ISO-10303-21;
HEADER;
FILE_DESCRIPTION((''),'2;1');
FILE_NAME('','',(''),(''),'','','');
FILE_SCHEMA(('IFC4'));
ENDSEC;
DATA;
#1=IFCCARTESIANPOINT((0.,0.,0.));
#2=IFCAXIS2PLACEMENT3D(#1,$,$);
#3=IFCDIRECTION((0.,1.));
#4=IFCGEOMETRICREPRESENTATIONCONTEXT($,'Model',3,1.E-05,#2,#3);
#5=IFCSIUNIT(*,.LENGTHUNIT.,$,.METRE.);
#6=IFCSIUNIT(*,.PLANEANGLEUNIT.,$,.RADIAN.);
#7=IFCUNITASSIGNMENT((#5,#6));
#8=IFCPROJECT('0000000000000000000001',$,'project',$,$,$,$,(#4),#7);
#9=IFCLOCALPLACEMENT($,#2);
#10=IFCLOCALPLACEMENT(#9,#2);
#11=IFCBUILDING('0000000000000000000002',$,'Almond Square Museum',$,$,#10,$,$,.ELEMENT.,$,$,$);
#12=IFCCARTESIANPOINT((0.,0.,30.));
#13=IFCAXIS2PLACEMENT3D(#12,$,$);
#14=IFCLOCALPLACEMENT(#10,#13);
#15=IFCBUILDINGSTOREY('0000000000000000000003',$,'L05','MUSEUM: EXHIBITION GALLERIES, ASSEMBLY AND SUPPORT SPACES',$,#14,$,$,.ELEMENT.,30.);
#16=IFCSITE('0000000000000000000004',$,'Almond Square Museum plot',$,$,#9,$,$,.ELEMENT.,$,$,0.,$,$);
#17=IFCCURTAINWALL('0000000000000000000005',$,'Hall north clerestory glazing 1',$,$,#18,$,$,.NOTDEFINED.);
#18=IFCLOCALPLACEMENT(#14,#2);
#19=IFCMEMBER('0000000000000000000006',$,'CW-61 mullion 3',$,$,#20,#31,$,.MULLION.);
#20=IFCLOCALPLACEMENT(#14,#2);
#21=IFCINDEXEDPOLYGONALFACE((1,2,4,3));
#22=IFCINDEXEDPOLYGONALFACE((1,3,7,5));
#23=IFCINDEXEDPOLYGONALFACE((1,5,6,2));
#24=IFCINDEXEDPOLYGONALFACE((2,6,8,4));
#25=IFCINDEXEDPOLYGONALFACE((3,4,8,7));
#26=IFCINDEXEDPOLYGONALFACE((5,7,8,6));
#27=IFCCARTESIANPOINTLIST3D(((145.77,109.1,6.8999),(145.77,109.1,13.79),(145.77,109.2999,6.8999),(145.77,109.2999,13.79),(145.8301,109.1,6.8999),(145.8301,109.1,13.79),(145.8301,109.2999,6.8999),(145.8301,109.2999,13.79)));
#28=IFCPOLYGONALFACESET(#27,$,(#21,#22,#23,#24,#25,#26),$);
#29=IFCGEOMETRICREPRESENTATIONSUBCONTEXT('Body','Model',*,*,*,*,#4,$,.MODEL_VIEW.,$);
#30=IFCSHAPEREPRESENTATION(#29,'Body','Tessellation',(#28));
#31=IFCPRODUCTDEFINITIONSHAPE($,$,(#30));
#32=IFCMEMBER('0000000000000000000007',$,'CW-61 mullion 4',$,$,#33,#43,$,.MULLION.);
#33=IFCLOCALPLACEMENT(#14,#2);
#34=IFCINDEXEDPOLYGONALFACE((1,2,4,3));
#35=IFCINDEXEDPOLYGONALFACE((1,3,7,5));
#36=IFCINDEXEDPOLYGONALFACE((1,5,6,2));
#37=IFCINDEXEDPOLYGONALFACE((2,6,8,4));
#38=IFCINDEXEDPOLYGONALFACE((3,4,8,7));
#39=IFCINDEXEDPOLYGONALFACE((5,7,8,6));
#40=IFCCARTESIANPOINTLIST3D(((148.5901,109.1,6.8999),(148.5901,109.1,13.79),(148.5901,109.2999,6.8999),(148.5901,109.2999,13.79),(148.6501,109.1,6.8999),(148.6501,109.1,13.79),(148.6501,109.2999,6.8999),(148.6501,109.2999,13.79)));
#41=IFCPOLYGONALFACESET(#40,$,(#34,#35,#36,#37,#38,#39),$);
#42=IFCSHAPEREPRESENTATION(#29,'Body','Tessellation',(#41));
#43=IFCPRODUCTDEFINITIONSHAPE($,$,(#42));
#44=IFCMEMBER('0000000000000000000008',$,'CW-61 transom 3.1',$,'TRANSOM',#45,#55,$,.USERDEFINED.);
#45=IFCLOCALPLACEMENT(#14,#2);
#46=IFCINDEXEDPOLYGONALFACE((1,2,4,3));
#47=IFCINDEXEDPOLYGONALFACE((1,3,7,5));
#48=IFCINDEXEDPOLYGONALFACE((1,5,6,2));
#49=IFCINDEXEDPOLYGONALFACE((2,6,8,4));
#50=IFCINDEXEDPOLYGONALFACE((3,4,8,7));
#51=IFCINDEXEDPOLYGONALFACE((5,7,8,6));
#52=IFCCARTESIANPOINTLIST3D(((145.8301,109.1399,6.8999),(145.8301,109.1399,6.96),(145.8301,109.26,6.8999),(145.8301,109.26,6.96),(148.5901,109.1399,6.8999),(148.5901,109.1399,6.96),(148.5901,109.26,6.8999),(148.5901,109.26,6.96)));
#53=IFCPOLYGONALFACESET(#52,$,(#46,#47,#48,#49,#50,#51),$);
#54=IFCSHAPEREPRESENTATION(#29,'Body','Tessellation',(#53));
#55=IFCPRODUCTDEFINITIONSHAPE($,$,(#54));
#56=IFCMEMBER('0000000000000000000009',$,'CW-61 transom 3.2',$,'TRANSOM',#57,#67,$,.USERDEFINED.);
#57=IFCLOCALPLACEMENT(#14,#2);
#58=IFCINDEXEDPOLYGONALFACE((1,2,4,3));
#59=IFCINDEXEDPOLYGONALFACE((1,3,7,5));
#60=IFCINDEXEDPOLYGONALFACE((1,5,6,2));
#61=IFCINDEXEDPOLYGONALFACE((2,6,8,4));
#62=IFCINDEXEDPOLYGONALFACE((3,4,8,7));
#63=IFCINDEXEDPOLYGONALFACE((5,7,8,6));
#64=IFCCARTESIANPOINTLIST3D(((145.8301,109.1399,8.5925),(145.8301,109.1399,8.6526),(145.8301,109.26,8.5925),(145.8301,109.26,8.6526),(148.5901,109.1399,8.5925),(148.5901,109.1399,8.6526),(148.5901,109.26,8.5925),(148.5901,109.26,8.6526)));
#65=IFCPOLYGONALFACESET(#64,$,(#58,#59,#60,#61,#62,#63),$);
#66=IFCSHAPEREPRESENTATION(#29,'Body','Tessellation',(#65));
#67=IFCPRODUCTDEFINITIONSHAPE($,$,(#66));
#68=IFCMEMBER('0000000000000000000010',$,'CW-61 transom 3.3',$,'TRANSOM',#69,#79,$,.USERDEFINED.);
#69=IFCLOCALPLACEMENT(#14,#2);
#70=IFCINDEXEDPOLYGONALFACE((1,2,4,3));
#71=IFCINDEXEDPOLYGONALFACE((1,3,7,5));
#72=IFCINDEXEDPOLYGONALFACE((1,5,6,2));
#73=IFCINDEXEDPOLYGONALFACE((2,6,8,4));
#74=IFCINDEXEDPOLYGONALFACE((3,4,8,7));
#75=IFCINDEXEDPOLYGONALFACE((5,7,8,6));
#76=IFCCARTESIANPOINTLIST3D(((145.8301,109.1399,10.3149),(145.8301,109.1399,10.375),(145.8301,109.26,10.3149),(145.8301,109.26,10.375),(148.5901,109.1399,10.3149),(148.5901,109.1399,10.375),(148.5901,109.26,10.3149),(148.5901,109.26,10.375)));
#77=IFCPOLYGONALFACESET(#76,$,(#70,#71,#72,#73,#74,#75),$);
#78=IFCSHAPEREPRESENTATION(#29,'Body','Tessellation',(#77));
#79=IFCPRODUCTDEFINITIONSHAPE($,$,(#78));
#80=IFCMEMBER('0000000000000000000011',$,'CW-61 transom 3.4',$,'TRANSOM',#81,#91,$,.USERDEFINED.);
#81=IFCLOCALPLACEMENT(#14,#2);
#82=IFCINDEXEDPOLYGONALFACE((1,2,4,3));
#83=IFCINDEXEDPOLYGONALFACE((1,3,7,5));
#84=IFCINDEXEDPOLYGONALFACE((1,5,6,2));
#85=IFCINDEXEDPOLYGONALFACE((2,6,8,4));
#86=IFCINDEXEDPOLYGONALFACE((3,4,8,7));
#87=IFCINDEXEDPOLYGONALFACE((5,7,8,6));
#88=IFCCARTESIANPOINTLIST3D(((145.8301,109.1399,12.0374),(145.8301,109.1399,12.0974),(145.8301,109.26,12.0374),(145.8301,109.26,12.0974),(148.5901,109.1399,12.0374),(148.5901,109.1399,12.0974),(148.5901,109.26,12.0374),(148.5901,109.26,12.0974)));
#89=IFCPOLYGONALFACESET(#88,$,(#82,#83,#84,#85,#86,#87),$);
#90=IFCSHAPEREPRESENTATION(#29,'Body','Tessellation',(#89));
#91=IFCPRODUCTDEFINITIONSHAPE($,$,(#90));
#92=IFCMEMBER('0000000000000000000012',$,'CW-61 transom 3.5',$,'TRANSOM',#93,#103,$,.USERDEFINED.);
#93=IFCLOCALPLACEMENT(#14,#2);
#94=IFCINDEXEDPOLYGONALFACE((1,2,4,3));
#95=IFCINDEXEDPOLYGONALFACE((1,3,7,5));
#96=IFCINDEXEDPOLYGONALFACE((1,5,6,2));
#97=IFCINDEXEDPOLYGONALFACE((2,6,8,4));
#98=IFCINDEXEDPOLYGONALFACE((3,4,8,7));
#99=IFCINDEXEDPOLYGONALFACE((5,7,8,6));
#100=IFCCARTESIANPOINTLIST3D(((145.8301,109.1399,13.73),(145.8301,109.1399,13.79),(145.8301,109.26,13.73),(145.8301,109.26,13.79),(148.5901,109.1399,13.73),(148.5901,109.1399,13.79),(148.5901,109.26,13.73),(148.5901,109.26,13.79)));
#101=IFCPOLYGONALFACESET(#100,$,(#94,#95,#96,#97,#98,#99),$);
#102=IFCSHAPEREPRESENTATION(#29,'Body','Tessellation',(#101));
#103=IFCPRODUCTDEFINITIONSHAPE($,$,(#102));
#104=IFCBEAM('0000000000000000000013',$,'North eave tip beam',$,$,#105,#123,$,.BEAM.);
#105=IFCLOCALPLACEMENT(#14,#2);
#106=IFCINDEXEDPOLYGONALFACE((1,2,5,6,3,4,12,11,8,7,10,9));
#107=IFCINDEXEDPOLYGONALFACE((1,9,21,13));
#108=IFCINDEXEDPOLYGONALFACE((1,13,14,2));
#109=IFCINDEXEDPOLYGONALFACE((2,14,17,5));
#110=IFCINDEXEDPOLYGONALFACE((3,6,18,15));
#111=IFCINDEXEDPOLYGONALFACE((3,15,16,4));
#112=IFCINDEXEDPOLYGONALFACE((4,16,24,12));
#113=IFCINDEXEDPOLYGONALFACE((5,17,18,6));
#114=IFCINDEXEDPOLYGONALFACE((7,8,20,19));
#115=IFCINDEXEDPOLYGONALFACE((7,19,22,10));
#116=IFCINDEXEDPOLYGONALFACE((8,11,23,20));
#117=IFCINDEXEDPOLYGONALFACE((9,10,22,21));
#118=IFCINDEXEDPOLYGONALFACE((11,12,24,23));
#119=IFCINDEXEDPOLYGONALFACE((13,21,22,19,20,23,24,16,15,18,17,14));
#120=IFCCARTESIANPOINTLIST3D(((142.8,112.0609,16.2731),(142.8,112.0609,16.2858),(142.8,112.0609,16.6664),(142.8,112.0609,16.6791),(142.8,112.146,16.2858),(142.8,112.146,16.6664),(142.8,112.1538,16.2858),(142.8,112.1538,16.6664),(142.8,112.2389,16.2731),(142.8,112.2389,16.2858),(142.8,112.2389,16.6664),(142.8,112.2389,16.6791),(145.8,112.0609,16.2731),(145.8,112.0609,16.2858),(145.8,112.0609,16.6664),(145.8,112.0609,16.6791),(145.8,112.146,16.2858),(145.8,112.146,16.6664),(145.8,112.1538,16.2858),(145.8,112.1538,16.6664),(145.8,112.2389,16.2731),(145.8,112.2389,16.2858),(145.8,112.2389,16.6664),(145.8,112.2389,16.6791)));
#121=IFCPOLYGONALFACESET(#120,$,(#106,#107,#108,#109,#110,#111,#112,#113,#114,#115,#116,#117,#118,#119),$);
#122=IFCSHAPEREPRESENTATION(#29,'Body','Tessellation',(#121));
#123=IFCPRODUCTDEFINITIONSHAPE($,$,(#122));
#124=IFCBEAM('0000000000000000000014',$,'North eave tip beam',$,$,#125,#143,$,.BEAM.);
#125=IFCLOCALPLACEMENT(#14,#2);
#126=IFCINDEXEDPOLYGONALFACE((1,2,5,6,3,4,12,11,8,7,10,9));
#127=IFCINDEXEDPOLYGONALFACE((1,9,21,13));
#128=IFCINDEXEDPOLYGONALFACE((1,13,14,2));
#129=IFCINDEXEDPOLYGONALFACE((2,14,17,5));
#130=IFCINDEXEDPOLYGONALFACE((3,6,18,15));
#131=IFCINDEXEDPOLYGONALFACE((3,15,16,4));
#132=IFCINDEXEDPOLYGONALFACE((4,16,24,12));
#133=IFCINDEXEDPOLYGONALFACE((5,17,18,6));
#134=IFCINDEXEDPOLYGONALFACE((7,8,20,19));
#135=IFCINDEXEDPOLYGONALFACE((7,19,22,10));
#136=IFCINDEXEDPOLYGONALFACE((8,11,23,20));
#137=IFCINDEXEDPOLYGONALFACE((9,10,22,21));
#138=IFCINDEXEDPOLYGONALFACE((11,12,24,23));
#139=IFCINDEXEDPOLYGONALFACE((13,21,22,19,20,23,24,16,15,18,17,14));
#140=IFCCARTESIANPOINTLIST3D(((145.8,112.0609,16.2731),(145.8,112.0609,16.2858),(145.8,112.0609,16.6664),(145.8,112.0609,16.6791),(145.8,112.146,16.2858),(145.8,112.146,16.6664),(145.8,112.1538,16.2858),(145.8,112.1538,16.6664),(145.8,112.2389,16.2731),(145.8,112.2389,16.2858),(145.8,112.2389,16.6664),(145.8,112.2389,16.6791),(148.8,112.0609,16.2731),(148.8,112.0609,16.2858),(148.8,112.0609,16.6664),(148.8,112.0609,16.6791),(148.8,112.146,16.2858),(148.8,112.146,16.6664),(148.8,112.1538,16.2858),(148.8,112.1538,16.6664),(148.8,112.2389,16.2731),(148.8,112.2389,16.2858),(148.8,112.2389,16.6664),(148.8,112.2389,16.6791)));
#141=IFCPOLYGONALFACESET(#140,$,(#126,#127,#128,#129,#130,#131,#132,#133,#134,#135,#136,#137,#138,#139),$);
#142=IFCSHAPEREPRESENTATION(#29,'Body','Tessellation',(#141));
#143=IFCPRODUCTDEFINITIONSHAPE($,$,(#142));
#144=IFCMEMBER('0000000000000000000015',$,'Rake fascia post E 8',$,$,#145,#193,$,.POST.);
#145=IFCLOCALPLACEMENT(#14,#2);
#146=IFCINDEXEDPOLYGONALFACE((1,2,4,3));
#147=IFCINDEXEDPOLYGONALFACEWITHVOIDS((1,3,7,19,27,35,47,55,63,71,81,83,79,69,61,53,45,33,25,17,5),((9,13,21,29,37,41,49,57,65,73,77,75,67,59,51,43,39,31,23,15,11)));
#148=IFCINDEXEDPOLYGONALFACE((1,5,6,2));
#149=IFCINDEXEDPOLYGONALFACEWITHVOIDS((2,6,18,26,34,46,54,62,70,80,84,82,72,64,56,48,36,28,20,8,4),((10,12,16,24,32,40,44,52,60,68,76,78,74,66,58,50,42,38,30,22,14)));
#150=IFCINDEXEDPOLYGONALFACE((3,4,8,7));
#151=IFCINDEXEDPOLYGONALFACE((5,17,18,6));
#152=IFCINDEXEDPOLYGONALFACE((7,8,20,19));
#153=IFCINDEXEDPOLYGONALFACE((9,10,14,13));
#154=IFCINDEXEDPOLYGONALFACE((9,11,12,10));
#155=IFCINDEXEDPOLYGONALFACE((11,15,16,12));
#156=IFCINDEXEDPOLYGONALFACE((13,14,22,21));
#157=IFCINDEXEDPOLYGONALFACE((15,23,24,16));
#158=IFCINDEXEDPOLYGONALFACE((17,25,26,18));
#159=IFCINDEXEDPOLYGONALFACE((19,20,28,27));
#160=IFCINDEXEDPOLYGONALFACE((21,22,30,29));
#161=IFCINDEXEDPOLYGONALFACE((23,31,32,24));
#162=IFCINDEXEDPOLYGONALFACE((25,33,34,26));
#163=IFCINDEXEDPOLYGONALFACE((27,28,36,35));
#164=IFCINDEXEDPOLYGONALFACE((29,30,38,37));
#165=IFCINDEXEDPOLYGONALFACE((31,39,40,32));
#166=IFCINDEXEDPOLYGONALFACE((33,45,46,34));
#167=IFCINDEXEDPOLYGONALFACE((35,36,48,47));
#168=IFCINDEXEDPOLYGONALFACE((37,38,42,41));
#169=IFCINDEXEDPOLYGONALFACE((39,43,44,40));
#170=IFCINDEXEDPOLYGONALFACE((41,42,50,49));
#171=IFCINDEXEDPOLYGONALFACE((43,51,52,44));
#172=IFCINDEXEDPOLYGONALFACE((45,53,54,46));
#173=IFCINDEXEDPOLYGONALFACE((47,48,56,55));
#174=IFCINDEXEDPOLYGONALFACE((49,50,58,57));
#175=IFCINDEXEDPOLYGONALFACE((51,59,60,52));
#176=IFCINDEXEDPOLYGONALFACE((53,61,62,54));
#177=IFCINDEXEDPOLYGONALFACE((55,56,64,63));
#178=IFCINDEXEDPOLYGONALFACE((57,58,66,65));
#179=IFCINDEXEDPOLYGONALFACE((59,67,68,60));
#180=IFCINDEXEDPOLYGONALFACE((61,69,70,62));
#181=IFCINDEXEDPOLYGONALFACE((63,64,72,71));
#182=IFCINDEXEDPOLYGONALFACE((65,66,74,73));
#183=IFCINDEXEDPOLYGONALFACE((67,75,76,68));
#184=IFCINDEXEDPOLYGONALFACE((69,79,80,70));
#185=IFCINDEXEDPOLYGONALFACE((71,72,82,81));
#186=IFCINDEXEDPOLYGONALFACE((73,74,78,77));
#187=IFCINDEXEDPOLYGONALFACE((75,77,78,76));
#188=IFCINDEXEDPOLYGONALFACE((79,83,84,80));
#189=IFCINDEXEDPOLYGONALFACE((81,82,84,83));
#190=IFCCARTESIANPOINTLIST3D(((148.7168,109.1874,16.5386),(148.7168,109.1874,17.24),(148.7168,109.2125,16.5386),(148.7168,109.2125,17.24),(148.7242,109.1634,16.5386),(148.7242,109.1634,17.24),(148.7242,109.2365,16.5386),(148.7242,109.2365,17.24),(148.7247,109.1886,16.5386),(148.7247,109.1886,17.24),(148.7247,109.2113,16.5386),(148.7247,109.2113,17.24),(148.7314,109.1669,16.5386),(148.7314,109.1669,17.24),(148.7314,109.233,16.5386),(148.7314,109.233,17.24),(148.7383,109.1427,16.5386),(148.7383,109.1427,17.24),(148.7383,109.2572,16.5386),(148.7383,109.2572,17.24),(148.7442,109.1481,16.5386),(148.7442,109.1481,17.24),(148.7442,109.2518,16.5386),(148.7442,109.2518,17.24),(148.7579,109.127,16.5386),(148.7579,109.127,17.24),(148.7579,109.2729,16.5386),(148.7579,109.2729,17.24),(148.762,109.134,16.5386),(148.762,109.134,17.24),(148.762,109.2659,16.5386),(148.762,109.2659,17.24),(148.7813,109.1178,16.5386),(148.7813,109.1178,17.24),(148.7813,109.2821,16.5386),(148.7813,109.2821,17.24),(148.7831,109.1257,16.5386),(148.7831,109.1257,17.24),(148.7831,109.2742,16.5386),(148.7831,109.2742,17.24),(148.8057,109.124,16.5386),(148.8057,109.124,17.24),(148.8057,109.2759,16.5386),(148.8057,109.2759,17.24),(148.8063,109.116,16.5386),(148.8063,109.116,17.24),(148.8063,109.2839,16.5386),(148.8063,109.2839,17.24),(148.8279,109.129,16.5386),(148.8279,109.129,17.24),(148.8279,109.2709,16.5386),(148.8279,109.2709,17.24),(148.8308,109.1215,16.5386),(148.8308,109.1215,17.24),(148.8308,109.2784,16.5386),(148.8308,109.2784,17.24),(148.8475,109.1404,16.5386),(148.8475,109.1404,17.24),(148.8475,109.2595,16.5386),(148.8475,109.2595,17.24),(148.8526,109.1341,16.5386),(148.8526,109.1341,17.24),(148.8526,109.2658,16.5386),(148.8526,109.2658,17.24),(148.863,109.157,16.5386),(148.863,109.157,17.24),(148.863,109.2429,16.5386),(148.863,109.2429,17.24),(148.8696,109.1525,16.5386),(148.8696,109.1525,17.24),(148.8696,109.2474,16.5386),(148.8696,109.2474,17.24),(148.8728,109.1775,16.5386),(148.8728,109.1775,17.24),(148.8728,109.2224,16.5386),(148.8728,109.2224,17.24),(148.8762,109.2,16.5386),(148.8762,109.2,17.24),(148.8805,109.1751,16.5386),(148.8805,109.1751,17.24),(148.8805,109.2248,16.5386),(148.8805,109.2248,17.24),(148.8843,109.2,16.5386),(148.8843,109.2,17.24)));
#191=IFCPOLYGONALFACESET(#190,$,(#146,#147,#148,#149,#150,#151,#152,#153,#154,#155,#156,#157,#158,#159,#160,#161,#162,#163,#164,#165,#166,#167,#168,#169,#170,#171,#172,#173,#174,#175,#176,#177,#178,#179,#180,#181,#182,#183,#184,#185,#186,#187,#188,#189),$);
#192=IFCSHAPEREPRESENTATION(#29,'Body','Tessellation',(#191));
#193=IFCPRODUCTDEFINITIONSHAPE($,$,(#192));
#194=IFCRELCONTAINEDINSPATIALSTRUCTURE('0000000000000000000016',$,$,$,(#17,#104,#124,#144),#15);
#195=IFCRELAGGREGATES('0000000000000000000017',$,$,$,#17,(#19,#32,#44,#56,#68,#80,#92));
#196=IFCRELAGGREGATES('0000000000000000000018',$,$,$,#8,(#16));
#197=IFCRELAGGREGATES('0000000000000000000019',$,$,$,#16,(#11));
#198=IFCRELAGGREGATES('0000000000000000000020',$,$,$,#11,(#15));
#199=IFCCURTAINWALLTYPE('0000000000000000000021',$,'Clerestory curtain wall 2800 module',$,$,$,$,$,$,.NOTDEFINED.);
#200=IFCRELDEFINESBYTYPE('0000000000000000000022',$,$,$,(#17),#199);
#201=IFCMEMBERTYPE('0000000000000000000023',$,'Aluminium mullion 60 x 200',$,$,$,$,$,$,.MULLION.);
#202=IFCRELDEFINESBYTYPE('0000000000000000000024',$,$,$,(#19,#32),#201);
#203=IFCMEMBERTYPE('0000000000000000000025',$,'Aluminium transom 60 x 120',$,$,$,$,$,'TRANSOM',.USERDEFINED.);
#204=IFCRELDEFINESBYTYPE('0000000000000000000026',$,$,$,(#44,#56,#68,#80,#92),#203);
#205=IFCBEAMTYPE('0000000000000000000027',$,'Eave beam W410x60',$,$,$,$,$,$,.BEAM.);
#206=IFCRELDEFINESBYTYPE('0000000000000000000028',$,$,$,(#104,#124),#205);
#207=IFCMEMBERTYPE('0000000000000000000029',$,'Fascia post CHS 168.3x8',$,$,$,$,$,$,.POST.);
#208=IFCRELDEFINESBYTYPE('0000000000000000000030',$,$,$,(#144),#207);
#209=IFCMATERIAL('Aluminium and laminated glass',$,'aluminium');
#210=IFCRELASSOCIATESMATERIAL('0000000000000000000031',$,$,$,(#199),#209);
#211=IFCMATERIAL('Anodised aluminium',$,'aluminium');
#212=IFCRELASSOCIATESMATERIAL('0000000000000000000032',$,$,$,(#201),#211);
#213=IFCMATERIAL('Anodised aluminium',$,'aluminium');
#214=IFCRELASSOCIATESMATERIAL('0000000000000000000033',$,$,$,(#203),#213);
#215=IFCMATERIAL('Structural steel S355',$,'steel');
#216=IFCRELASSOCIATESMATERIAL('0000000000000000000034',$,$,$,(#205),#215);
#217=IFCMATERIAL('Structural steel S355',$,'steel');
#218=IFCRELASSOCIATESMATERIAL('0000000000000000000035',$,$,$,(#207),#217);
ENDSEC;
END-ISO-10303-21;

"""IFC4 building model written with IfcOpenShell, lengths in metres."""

from ifc_helpers import new_model, si_unit, direction, frame, origin, origin_2d, place, context, subcontext, project, spatial, rectangle, hollow_circle, i_section, extrude, material, material_profile, profile_set, type_object, element, aggregate, save


model = new_model("IFC4")

# Units and contexts
model_context = context("Model", 3, precision=1e-05, world=origin(), true_north=direction((0.0, 1.0)))
body_context = subcontext(model_context, "Body", "Model", "MODEL_VIEW")
ifc_project = project(units=[si_unit("LENGTHUNIT", "METRE"), si_unit("PLANEANGLEUNIT", "RADIAN")], contexts=[model_context])

# Site, building, storey
site_placement = place(None, origin())
site = spatial("IfcSite", under=ifc_project, at=site_placement, Name="Almond Square Museum plot", CompositionType="ELEMENT", RefElevation=0.0)
building_placement = place(site_placement, origin())
building = spatial("IfcBuilding", under=site, at=building_placement, Name="Almond Square Museum", CompositionType="ELEMENT")
storey_placement = place(building_placement, frame((0.0, 0.0, 30.0)))
storey = spatial("IfcBuildingStorey", under=building, at=storey_placement, Name="L05", Description="MUSEUM: EXHIBITION GALLERIES, ASSEMBLY AND SUPPORT SPACES", CompositionType="ELEMENT", Elevation=30.0)

# Curtain wall, members
ifc_material_1 = material(Name="Aluminium and laminated glass", Category="aluminium")
curtain_wall_type = type_object("IfcCurtainWallType", Name="Clerestory curtain wall 2800 module", PredefinedType="NOTDEFINED", material=ifc_material_1)
curtain_wall_placement = place(storey_placement, origin())
curtain_wall = element("IfcCurtainWall", 1, at=curtain_wall_placement, inside=storey, type_object=curtain_wall_type, Name="Hall north clerestory glazing 1", PredefinedType="NOTDEFINED")
ifc_material_2 = material(Name="Anodised aluminium", Category="aluminium")
ifc_material_profile_1 = material_profile(ifc_material_2, rectangle(XDim=0.2, YDim=0.0601, at=origin_2d()))
ifc_profile_set_1 = profile_set([ifc_material_profile_1], Name="Anodised aluminium")
member_type_1 = type_object("IfcMemberType", Name="Aluminium mullion 60 x 200", PredefinedType="MULLION", material=ifc_profile_set_1)
member_1_placement = place(storey_placement, frame((145.8, 109.2, 6.8999), z_axis=(0.0, 0.0, 1.0), x_axis=(0.0, 1.0, 0.0)))
member_1 = element("IfcMember", 2, at=member_1_placement, type_object=member_type_1, Name="CW-61 mullion 3", PredefinedType="MULLION", context=body_context, shape_type="SweptSolid", body=[
    extrude(rectangle(XDim=0.2, YDim=0.0601, at=origin_2d()), origin(), (0.0, 0.0, 1.0), 6.8901),
])
member_2_placement = place(storey_placement, frame((148.6201, 109.2, 6.8999), z_axis=(0.0, 0.0, 1.0), x_axis=(0.0, 1.0, 0.0)))
member_2 = element("IfcMember", 3, at=member_2_placement, type_object=member_type_1, Name="CW-61 mullion 4", PredefinedType="MULLION", context=body_context, shape_type="SweptSolid", body=[
    extrude(rectangle(XDim=0.2, YDim=0.0601, at=origin_2d()), origin(), (0.0, 0.0, 1.0), 6.8901),
])
ifc_material_3 = material(Name="Anodised aluminium", Category="aluminium")
ifc_material_profile_2 = material_profile(ifc_material_3, rectangle(XDim=0.1201, YDim=0.0601, at=origin_2d()))
ifc_profile_set_2 = profile_set([ifc_material_profile_2], Name="Anodised aluminium")
member_type_2 = type_object("IfcMemberType", Name="Aluminium transom 60 x 120", ElementType="TRANSOM", PredefinedType="USERDEFINED", material=ifc_profile_set_2)
member_3_placement = place(storey_placement, frame((145.8301, 109.2, 6.9299), z_axis=(1.0, 0.0, 0.0), x_axis=(0.0, 1.0, 0.0)))
member_3 = element("IfcMember", 4, at=member_3_placement, type_object=member_type_2, Name="CW-61 transom 3.1", ObjectType="TRANSOM", PredefinedType="USERDEFINED", context=body_context, shape_type="SweptSolid", body=[
    extrude(rectangle(XDim=0.1201, YDim=0.0601, at=origin_2d()), origin(), (0.0, 0.0, 1.0), 2.76),
])
member_4_placement = place(storey_placement, frame((145.8301, 109.2, 8.6226), z_axis=(1.0, 0.0, 0.0), x_axis=(0.0, 1.0, 0.0)))
member_4 = element("IfcMember", 5, at=member_4_placement, type_object=member_type_2, Name="CW-61 transom 3.2", ObjectType="TRANSOM", PredefinedType="USERDEFINED", context=body_context, shape_type="SweptSolid", body=[
    extrude(rectangle(XDim=0.1201, YDim=0.0601, at=origin_2d()), origin(), (0.0, 0.0, 1.0), 2.76),
])
member_5_placement = place(storey_placement, frame((145.8301, 109.2, 10.345), z_axis=(1.0, 0.0, 0.0), x_axis=(0.0, 1.0, 0.0)))
member_5 = element("IfcMember", 6, at=member_5_placement, type_object=member_type_2, Name="CW-61 transom 3.3", ObjectType="TRANSOM", PredefinedType="USERDEFINED", context=body_context, shape_type="SweptSolid", body=[
    extrude(rectangle(XDim=0.1201, YDim=0.0601, at=origin_2d()), origin(), (0.0, 0.0, 1.0), 2.76),
])
member_6_placement = place(storey_placement, frame((145.8301, 109.2, 12.0674), z_axis=(1.0, 0.0, 0.0), x_axis=(0.0, 1.0, 0.0)))
member_6 = element("IfcMember", 7, at=member_6_placement, type_object=member_type_2, Name="CW-61 transom 3.4", ObjectType="TRANSOM", PredefinedType="USERDEFINED", context=body_context, shape_type="SweptSolid", body=[
    extrude(rectangle(XDim=0.1201, YDim=0.0601, at=origin_2d()), origin(), (0.0, 0.0, 1.0), 2.76),
])
member_7_placement = place(storey_placement, frame((145.8301, 109.2, 13.76), z_axis=(1.0, 0.0, 0.0), x_axis=(0.0, 1.0, 0.0)))
member_7 = element("IfcMember", 8, at=member_7_placement, type_object=member_type_2, Name="CW-61 transom 3.5", ObjectType="TRANSOM", PredefinedType="USERDEFINED", context=body_context, shape_type="SweptSolid", body=[
    extrude(rectangle(XDim=0.1201, YDim=0.0601, at=origin_2d()), origin(), (0.0, 0.0, 1.0), 2.76),
])

# Beams
ifc_material_4 = material(Name="Structural steel S355", Category="steel")
ifc_material_profile_3 = material_profile(ifc_material_4, i_section(OverallWidth=0.178, OverallDepth=0.406, WebThickness=0.0078, FlangeThickness=0.0127, at=origin_2d()))
ifc_profile_set_3 = profile_set([ifc_material_profile_3], Name="Structural steel S355")
beam_type_1 = type_object("IfcBeamType", Name="Eave beam W410x60", PredefinedType="BEAM", material=ifc_profile_set_3)
for number, where, z_axis, x_axis, name in (
    (9, (142.8, 112.1499, 16.4761), (1.0, 0.0, 0.0), (0.0, 1.0, 0.0), "North eave tip beam"),
    (10, (145.8, 112.1499, 16.4761), (1.0, 0.0, 0.0), (0.0, 1.0, 0.0), "North eave tip beam"),
):
    element("IfcBeam", number, at=place(storey_placement, frame(where, z_axis=z_axis, x_axis=x_axis)), inside=storey, type_object=beam_type_1, Name=name, PredefinedType="BEAM", context=body_context, shape_type="SweptSolid", body=[
        extrude(i_section(OverallWidth=0.178, OverallDepth=0.406, WebThickness=0.0078, FlangeThickness=0.0127, at=origin_2d()), origin(), (0.0, 0.0, 1.0), 3.0),
    ])

# Member
ifc_material_5 = material(Name="Structural steel S355", Category="steel")
ifc_material_profile_4 = material_profile(ifc_material_5, hollow_circle(Radius=0.0842, WallThickness=0.0081, at=origin_2d()))
ifc_profile_set_4 = profile_set([ifc_material_profile_4], Name="Structural steel S355")
member_type_3 = type_object("IfcMemberType", Name="Fascia post CHS 168.3x8", PredefinedType="POST", material=ifc_profile_set_4)
member_8_placement = place(storey_placement, frame((148.8, 109.2, 16.5386), z_axis=(0.0, 0.0, 1.0), x_axis=(1.0, 0.0, 0.0)))
element("IfcMember", 11, at=member_8_placement, inside=storey, type_object=member_type_3, Name="Rake fascia post E 8", PredefinedType="POST", context=body_context, shape_type="SweptSolid", body=[
    extrude(hollow_circle(Radius=0.0842, WallThickness=0.0081, at=origin_2d()), origin(), (0.0, 0.0, 1.0), 0.7014),
])

aggregate(curtain_wall, [member_1, member_2, member_3, member_4, member_5, member_6, member_7])

save(model, "model.ifc")
